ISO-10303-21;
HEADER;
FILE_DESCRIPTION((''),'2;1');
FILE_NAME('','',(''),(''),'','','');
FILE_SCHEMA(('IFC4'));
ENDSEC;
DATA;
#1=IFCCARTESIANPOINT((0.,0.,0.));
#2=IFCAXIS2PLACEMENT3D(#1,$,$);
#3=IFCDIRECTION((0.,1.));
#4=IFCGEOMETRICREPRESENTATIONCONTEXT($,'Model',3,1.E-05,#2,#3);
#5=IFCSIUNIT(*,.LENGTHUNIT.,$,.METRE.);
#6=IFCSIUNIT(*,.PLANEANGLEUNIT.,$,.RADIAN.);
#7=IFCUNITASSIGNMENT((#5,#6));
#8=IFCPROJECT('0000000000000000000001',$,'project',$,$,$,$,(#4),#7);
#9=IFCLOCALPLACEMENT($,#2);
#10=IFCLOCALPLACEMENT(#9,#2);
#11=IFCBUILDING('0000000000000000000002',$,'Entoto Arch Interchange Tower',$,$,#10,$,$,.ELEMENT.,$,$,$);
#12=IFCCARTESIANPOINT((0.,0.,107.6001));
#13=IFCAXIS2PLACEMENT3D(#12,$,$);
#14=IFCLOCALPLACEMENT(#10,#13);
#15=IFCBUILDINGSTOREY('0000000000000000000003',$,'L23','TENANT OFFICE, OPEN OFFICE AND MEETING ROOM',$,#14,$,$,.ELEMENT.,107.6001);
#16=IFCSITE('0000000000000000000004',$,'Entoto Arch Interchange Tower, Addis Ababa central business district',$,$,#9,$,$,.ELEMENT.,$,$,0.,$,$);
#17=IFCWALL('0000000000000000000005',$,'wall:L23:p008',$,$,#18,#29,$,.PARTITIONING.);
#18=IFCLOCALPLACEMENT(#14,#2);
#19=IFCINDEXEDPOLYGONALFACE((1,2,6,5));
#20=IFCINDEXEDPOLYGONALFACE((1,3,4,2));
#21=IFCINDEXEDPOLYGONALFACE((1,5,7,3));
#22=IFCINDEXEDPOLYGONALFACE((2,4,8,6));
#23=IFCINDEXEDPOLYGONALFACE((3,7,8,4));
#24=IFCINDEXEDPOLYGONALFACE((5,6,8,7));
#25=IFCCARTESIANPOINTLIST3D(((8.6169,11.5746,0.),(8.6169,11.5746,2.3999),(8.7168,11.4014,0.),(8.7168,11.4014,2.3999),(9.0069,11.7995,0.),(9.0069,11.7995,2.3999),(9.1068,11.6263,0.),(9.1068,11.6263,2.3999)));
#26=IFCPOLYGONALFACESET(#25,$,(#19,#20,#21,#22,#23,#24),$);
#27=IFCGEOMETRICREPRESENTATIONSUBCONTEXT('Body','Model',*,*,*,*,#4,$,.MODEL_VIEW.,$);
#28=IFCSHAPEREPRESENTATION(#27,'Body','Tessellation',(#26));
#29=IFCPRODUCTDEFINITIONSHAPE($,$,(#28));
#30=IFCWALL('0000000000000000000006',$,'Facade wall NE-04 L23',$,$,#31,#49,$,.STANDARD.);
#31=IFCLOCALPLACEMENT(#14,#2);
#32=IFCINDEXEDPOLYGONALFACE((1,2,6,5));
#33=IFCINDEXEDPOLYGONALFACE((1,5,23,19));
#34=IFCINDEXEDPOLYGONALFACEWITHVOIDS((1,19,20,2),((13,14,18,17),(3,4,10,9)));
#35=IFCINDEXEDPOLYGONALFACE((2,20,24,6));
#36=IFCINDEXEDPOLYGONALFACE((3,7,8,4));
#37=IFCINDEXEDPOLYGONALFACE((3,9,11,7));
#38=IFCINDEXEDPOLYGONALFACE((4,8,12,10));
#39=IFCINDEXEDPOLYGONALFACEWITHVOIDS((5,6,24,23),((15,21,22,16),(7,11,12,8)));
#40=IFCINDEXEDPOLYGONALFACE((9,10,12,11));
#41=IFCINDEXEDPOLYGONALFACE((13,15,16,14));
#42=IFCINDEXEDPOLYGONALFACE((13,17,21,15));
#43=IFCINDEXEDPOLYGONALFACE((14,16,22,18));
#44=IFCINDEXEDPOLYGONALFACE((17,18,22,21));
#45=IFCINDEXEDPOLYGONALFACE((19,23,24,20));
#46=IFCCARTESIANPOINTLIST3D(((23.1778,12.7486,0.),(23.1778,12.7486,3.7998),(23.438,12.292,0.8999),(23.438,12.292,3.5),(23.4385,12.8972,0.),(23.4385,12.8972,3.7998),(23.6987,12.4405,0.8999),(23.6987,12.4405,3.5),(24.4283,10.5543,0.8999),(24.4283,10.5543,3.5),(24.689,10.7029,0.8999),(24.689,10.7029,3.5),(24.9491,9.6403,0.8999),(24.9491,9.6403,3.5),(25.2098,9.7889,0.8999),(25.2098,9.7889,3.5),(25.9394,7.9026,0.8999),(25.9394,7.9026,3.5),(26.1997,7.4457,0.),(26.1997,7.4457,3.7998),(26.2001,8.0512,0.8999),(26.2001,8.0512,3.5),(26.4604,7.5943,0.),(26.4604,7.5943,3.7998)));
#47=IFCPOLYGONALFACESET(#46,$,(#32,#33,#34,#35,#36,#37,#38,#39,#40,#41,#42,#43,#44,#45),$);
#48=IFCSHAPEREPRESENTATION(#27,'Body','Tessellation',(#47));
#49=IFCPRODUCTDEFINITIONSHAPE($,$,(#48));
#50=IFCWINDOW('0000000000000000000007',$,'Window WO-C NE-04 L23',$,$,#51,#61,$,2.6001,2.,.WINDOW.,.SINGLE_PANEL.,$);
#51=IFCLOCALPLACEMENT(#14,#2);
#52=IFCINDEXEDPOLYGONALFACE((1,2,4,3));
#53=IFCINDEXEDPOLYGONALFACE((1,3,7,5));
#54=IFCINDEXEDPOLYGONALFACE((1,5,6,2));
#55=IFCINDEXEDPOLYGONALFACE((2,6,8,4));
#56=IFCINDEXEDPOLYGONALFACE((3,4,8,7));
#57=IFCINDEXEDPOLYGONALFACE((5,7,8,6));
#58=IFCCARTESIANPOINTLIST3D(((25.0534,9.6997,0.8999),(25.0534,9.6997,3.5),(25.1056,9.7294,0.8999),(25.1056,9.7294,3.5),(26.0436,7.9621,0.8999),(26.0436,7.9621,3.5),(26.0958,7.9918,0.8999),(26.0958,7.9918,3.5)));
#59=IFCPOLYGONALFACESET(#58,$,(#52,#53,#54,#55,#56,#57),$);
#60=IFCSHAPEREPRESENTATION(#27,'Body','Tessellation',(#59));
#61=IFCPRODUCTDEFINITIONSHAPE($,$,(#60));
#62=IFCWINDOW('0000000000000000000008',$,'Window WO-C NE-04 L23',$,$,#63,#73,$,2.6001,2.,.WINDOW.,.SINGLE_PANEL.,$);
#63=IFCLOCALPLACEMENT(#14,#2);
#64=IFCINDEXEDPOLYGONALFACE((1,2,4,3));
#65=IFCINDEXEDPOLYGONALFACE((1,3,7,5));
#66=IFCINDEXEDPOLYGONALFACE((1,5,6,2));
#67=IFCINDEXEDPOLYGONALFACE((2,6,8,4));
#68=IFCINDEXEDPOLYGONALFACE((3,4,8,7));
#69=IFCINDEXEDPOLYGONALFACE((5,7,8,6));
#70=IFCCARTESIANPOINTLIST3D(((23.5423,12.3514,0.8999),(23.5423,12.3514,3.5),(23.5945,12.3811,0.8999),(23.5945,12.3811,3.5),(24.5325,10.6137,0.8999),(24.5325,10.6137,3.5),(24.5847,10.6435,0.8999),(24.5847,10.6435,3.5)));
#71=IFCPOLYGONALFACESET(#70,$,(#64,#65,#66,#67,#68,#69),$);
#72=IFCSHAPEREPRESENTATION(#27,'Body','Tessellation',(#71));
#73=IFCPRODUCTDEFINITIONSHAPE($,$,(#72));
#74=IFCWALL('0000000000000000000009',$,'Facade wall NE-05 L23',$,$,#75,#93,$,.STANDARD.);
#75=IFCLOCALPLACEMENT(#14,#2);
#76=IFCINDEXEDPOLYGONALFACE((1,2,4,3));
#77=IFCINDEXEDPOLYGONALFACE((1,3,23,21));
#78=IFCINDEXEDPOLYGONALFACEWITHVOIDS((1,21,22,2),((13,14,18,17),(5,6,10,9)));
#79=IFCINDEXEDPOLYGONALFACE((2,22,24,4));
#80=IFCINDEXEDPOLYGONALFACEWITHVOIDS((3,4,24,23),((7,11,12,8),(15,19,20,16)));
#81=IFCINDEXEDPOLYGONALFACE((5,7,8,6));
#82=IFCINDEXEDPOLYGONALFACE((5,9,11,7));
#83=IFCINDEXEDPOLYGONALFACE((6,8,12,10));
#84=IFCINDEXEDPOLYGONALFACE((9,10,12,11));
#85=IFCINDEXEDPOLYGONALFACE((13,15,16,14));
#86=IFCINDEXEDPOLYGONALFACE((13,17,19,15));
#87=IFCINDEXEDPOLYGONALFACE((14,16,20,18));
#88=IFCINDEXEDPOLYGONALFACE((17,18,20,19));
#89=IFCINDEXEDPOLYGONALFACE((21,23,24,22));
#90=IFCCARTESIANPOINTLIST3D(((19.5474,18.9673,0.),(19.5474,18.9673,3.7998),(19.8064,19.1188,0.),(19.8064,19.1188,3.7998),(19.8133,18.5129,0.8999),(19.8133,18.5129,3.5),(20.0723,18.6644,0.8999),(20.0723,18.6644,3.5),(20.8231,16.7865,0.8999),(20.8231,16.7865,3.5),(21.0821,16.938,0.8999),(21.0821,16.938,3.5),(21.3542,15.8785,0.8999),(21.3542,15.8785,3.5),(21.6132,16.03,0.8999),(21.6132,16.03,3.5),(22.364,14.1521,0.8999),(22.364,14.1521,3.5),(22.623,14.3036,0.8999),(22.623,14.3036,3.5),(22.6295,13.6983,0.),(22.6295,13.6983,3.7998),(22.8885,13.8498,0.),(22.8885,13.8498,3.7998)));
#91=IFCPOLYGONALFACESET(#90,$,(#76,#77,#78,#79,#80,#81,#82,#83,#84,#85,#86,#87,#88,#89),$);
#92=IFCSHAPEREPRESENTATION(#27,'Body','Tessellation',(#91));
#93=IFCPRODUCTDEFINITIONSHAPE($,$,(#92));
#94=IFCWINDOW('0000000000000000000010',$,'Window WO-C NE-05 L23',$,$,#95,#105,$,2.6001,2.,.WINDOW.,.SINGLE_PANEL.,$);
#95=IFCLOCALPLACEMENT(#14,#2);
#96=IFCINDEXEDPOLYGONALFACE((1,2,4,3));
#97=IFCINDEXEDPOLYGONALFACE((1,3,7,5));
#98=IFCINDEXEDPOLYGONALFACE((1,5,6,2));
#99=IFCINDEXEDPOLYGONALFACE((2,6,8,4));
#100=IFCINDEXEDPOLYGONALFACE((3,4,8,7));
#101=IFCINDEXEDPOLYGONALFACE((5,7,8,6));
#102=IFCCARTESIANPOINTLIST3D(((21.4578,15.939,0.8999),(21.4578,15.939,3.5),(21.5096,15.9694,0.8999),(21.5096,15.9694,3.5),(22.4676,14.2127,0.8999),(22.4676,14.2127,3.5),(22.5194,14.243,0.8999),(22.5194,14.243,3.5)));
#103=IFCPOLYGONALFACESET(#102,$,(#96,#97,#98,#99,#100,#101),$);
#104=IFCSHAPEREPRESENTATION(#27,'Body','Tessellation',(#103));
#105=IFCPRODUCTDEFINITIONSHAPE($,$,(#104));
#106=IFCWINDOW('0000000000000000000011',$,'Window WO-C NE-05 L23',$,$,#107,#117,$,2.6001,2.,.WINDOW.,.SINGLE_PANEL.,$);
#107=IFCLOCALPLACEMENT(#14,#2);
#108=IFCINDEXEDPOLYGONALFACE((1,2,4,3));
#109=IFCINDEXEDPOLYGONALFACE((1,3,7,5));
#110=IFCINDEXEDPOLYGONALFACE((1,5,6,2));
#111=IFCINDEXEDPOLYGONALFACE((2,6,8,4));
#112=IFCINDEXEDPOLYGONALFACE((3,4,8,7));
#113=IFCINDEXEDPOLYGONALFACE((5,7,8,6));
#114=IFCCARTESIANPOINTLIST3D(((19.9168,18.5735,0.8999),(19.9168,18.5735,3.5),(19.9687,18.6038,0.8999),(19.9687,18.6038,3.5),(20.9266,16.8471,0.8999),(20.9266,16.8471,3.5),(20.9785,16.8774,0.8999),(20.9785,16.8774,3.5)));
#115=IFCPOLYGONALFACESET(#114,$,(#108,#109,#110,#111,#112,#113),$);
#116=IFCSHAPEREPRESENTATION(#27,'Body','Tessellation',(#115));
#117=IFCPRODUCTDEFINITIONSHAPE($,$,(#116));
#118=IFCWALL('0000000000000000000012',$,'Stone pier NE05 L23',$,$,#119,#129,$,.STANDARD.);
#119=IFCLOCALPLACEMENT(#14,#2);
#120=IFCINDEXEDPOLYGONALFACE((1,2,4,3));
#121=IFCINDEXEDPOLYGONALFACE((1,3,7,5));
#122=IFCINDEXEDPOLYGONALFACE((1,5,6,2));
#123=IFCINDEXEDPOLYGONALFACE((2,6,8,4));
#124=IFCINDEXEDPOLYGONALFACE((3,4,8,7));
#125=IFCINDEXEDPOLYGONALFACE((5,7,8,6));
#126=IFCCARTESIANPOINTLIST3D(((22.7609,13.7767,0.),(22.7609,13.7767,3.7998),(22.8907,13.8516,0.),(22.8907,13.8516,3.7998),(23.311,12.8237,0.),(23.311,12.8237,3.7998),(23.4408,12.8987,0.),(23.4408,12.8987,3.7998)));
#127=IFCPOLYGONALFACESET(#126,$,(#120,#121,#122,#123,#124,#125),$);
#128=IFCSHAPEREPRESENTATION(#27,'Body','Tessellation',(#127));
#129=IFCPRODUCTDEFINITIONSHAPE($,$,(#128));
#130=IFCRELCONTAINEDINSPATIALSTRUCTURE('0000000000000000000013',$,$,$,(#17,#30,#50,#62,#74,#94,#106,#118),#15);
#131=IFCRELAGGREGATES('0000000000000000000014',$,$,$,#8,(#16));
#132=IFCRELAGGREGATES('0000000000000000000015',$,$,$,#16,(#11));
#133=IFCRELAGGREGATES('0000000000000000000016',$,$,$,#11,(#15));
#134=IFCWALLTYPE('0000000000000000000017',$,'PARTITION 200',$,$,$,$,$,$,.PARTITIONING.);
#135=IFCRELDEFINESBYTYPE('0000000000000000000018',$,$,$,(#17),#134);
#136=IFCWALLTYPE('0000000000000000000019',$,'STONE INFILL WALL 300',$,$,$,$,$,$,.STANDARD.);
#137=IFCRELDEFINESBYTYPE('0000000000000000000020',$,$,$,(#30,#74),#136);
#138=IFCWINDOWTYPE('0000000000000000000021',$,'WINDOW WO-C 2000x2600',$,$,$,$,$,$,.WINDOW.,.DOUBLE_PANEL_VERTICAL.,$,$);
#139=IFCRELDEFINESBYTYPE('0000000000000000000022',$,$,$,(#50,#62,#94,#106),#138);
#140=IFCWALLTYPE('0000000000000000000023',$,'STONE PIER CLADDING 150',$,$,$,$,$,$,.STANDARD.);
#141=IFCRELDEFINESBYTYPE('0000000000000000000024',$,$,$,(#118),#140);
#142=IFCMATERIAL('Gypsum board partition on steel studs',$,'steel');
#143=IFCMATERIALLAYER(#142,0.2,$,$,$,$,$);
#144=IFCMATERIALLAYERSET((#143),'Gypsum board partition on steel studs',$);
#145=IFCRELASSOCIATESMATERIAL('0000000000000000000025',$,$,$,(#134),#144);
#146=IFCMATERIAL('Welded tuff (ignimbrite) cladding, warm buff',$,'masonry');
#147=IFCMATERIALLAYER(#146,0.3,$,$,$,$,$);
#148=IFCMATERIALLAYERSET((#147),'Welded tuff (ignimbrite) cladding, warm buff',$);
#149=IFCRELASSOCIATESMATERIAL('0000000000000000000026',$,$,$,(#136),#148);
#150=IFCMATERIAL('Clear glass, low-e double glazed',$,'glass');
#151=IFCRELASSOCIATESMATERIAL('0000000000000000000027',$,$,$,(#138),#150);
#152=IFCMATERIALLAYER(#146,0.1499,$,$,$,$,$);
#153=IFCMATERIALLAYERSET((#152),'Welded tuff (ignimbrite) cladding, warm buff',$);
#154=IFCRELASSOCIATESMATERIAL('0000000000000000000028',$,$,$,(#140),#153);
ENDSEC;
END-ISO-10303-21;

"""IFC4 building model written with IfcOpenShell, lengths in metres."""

from ifc_helpers import new_model, si_unit, direction, frame, frame_2d, origin, place, context, subcontext, project, spatial, rectangle, extrude, material, layer, layer_set, type_object, element, fill, save


model = new_model("IFC4")

# Units and contexts
model_context = context("Model", 3, precision=1e-05, world=origin(), true_north=direction((0.0, 1.0)))
body_context = subcontext(model_context, "Body", "Model", "MODEL_VIEW")
ifc_project = project(units=[si_unit("LENGTHUNIT", "METRE"), si_unit("PLANEANGLEUNIT", "RADIAN")], contexts=[model_context])

# Site, building, storey
site_placement = place(None, origin())
site = spatial("IfcSite", under=ifc_project, at=site_placement, Name="Entoto Arch Interchange Tower, Addis Ababa central business district", CompositionType="ELEMENT", RefElevation=0.0)
building_placement = place(site_placement, origin())
building = spatial("IfcBuilding", under=site, at=building_placement, Name="Entoto Arch Interchange Tower", CompositionType="ELEMENT")
storey_placement = place(building_placement, frame((0.0, 0.0, 107.6001)))
storey = spatial("IfcBuildingStorey", under=building, at=storey_placement, Name="L23", Description="TENANT OFFICE, OPEN OFFICE AND MEETING ROOM", CompositionType="ELEMENT", Elevation=107.6001)

# Shared definitions
ifc_material_1 = material(Name="Gypsum board partition on steel studs", Category="steel")
ifc_layer_1 = layer(ifc_material_1, 0.2)
ifc_layer_set_1 = layer_set([ifc_layer_1], Name="Gypsum board partition on steel studs")
wall_type_1 = type_object("IfcWallType", Name="PARTITION 200", PredefinedType="PARTITIONING", material=ifc_layer_set_1)

# Wall
wall_1_placement = place(storey_placement, frame((9.0569, 11.7129, 0.0), z_axis=(0.0, 0.0, 1.0), x_axis=(-0.866267, -0.499582, 0.0)))
element("IfcWall", 1, at=wall_1_placement, inside=storey, type_object=wall_type_1, Name="wall:L23:p008", PredefinedType="PARTITIONING", context=body_context, shape_type="SweptSolid", body=[
    extrude(rectangle(XDim=0.4502, YDim=0.2, at=frame_2d((0.2251, 0.0))), origin(), (0.0, 0.0, 1.0), 2.3999),
])

# Walls, openings, windows
ifc_material_2 = material(Name="Welded tuff (ignimbrite) cladding, warm buff", Category="masonry")
ifc_layer_2 = layer(ifc_material_2, 0.3)
ifc_layer_set_2 = layer_set([ifc_layer_2], Name="Welded tuff (ignimbrite) cladding, warm buff")
wall_type_2 = type_object("IfcWallType", Name="STONE INFILL WALL 300", PredefinedType="STANDARD", material=ifc_layer_set_2)
wall_2_placement = place(storey_placement, frame((26.3301, 7.52, 0.0), z_axis=(0.0, 0.0, 1.0), x_axis=(-0.495113, 0.868828, 0.0)))
wall_2 = element("IfcWall", 2, at=wall_2_placement, inside=storey, type_object=wall_type_2, Name="Facade wall NE-04 L23", PredefinedType="STANDARD", context=body_context, shape_type="SweptSolid", body=[
    extrude(rectangle(XDim=6.1035, YDim=0.3, at=frame_2d((3.0518, 0.0))), origin(), (0.0, 0.0, 1.0), 3.7998),
])
opening_1_placement = place(wall_2_placement, frame((0.5259, 0.0, 0.8999)))
opening_1 = element("IfcOpeningElement", 3, at=opening_1_placement, cuts=wall_2, PredefinedType="OPENING", context=body_context, shape_type="SweptSolid", body=[
    extrude(rectangle(XDim=2.0, YDim=2.6001, at=frame_2d((1.0, 1.3))), frame((0.0, 0.1602, 0.0), z_axis=(0.0, -1.0, 0.0), x_axis=(1.0, 0.0, 0.0)), (0.0, 0.0, 1.0), 0.3201),
])
opening_2_placement = place(wall_2_placement, frame((3.5779, 0.0, 0.8999)))
opening_2 = element("IfcOpeningElement", 4, at=opening_2_placement, cuts=wall_2, PredefinedType="OPENING", context=body_context, shape_type="SweptSolid", body=[
    extrude(rectangle(XDim=2.0, YDim=2.6001, at=frame_2d((1.0, 1.3))), frame((0.0, 0.1602, 0.0), z_axis=(0.0, -1.0, 0.0), x_axis=(1.0, 0.0, 0.0)), (0.0, 0.0, 1.0), 0.3201),
])
ifc_material_3 = material(Name="Clear glass, low-e double glazed", Category="glass")
window_type = type_object("IfcWindowType", Name="WINDOW WO-C 2000x2600", PartitioningType="DOUBLE_PANEL_VERTICAL", PredefinedType="WINDOW", material=ifc_material_3)
window_1_placement = place(opening_1_placement, origin())
window_1 = element("IfcWindow", 5, at=window_1_placement, inside=storey, type_object=window_type, Name="Window WO-C NE-04 L23", OverallHeight=2.6001, OverallWidth=2.0, PartitioningType="SINGLE_PANEL", PredefinedType="WINDOW", context=body_context, shape_type="SweptSolid", body=[
    extrude(rectangle(XDim=2.0, YDim=2.6001, at=frame_2d((1.0, 1.3))), frame((0.0, 0.03, 0.0), z_axis=(0.0, -1.0, 0.0), x_axis=(1.0, 0.0, 0.0)), (0.0, 0.0, 1.0), 0.0601),
])
fill(opening_1, window_1)
window_2_placement = place(opening_2_placement, origin())
window_2 = element("IfcWindow", 6, at=window_2_placement, inside=storey, type_object=window_type, Name="Window WO-C NE-04 L23", OverallHeight=2.6001, OverallWidth=2.0, PartitioningType="SINGLE_PANEL", PredefinedType="WINDOW", context=body_context, shape_type="SweptSolid", body=[
    extrude(rectangle(XDim=2.0, YDim=2.6001, at=frame_2d((1.0, 1.3))), frame((0.0, 0.03, 0.0), z_axis=(0.0, -1.0, 0.0), x_axis=(1.0, 0.0, 0.0)), (0.0, 0.0, 1.0), 0.0601),
])
fill(opening_2, window_2)
wall_3_placement = place(storey_placement, frame((22.759, 13.7739, 0.0), z_axis=(0.0, 0.0, 1.0), x_axis=(-0.5049, 0.863178, 0.0)))
wall_3 = element("IfcWall", 7, at=wall_3_placement, inside=storey, type_object=wall_type_2, Name="Facade wall NE-05 L23", PredefinedType="STANDARD", context=body_context, shape_type="SweptSolid", body=[
    extrude(rectangle(XDim=6.1042, YDim=0.3, at=frame_2d((3.0522, 0.0))), origin(), (0.0, 0.0, 1.0), 3.7998),
])
opening_3_placement = place(wall_3_placement, frame((0.5259, 0.0, 0.8999)))
opening_3 = element("IfcOpeningElement", 8, at=opening_3_placement, cuts=wall_3, PredefinedType="OPENING", context=body_context, shape_type="SweptSolid", body=[
    extrude(rectangle(XDim=2.0, YDim=2.6001, at=frame_2d((1.0, 1.3))), frame((0.0, 0.1602, 0.0), z_axis=(0.0, -1.0, 0.0), x_axis=(1.0, 0.0, 0.0)), (0.0, 0.0, 1.0), 0.3201),
])
opening_4_placement = place(wall_3_placement, frame((3.5779, 0.0, 0.8999)))
opening_4 = element("IfcOpeningElement", 9, at=opening_4_placement, cuts=wall_3, PredefinedType="OPENING", context=body_context, shape_type="SweptSolid", body=[
    extrude(rectangle(XDim=2.0, YDim=2.6001, at=frame_2d((1.0, 1.3))), frame((0.0, 0.1602, 0.0), z_axis=(0.0, -1.0, 0.0), x_axis=(1.0, 0.0, 0.0)), (0.0, 0.0, 1.0), 0.3201),
])
window_3_placement = place(opening_3_placement, origin())
window_3 = element("IfcWindow", 10, at=window_3_placement, inside=storey, type_object=window_type, Name="Window WO-C NE-05 L23", OverallHeight=2.6001, OverallWidth=2.0, PartitioningType="SINGLE_PANEL", PredefinedType="WINDOW", context=body_context, shape_type="SweptSolid", body=[
    extrude(rectangle(XDim=2.0, YDim=2.6001, at=frame_2d((1.0, 1.3))), frame((0.0, 0.03, 0.0), z_axis=(0.0, -1.0, 0.0), x_axis=(1.0, 0.0, 0.0)), (0.0, 0.0, 1.0), 0.0601),
])
fill(opening_3, window_3)
window_4_placement = place(opening_4_placement, origin())
window_4 = element("IfcWindow", 11, at=window_4_placement, inside=storey, type_object=window_type, Name="Window WO-C NE-05 L23", OverallHeight=2.6001, OverallWidth=2.0, PartitioningType="SINGLE_PANEL", PredefinedType="WINDOW", context=body_context, shape_type="SweptSolid", body=[
    extrude(rectangle(XDim=2.0, YDim=2.6001, at=frame_2d((1.0, 1.3))), frame((0.0, 0.03, 0.0), z_axis=(0.0, -1.0, 0.0), x_axis=(1.0, 0.0, 0.0)), (0.0, 0.0, 1.0), 0.0601),
])
fill(opening_4, window_4)

# Wall
ifc_layer_3 = layer(ifc_material_2, 0.1499)
ifc_layer_set_3 = layer_set([ifc_layer_3], Name="Welded tuff (ignimbrite) cladding, warm buff")
wall_type_3 = type_object("IfcWallType", Name="STONE PIER CLADDING 150", PredefinedType="STANDARD", material=ifc_layer_set_3)
wall_4_placement = place(storey_placement, frame((23.376, 12.8611, 0.0), z_axis=(0.0, 0.0, 1.0), x_axis=(-0.499934, 0.866064, 0.0)))
element("IfcWall", 12, at=wall_4_placement, inside=storey, type_object=wall_type_3, Name="Stone pier NE05 L23", PredefinedType="STANDARD", context=body_context, shape_type="SweptSolid", body=[
    extrude(rectangle(XDim=1.1003, YDim=0.1499, at=frame_2d((0.5503, 0.0))), origin(), (0.0, 0.0, 1.0), 3.7998),
])

save(model, "model.ifc")
